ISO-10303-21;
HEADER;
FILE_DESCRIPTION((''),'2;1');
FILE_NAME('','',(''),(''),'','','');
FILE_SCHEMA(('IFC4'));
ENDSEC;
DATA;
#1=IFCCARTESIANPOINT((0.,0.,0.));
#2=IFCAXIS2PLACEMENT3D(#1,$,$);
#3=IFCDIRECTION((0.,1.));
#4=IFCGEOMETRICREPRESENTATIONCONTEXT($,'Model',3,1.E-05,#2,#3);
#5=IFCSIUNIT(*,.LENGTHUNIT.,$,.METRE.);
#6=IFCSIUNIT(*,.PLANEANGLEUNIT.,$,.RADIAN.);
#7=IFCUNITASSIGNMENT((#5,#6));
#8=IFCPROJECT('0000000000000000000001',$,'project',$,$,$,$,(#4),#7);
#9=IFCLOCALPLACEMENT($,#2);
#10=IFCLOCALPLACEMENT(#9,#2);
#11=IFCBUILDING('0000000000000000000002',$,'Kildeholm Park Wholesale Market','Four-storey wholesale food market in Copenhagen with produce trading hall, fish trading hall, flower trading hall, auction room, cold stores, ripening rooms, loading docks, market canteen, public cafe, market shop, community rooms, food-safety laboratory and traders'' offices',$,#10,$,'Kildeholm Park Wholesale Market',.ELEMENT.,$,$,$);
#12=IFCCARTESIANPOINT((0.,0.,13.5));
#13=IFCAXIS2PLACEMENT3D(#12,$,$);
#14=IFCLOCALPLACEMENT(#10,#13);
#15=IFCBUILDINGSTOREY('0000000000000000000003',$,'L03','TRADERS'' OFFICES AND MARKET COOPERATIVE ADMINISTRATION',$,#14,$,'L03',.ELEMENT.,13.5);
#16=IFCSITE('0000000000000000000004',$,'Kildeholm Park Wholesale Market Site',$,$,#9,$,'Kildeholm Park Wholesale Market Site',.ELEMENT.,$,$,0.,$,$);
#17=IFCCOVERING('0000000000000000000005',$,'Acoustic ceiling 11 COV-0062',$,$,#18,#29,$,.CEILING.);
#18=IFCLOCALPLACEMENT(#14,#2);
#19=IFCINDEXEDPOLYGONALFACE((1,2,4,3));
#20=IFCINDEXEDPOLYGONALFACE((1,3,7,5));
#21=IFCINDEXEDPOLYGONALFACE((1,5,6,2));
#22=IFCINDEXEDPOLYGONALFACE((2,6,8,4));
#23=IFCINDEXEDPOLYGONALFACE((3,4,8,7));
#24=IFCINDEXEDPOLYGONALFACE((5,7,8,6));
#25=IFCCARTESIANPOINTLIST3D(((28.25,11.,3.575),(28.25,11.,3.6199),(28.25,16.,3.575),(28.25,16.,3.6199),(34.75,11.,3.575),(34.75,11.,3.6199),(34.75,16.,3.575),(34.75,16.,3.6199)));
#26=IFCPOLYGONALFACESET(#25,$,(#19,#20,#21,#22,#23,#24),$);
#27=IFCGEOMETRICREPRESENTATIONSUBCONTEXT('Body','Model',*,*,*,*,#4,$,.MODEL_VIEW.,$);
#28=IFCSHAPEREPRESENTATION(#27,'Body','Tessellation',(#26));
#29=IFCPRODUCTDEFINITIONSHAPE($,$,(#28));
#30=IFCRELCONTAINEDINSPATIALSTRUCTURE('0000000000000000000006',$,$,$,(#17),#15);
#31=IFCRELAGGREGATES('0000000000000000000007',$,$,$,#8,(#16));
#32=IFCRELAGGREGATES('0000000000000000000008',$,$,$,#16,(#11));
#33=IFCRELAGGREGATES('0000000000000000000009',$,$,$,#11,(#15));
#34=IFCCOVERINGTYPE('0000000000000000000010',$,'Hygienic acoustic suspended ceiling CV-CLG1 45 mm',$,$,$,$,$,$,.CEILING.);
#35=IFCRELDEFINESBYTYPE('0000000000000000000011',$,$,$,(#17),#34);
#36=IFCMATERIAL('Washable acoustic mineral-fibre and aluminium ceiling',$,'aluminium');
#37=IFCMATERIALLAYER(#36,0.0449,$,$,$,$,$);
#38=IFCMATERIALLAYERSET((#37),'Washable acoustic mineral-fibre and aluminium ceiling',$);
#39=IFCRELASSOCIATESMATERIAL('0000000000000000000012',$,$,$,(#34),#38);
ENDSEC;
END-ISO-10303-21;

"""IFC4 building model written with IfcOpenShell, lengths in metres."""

from ifc_helpers import new_model, si_unit, direction, frame, origin, origin_2d, place, context, subcontext, project, spatial, rectangle, extrude, material, layer, layer_set, type_object, element, save


model = new_model("IFC4")

# Units and contexts
model_context = context("Model", 3, precision=1e-05, world=origin(), true_north=direction((0.0, 1.0)))
body_context = subcontext(model_context, "Body", "Model", "MODEL_VIEW")
ifc_project = project(units=[si_unit("LENGTHUNIT", "METRE"), si_unit("PLANEANGLEUNIT", "RADIAN")], contexts=[model_context])

# Site, building, storey
site_placement = place(None, origin())
site = spatial("IfcSite", under=ifc_project, at=site_placement, Name="Kildeholm Park Wholesale Market Site", LongName="Kildeholm Park Wholesale Market Site", CompositionType="ELEMENT", RefElevation=0.0)
building_placement = place(site_placement, origin())
building = spatial("IfcBuilding", under=site, at=building_placement, Name="Kildeholm Park Wholesale Market", Description="Four-storey wholesale food market in Copenhagen with produce trading hall, fish trading hall, flower trading hall, auction room, cold stores, ripening rooms, loading docks, market canteen, public cafe, market shop, community rooms, food-safety laboratory and traders' offices", LongName="Kildeholm Park Wholesale Market", CompositionType="ELEMENT")
storey_placement = place(building_placement, frame((0.0, 0.0, 13.5)))
storey = spatial("IfcBuildingStorey", under=building, at=storey_placement, Name="L03", Description="TRADERS' OFFICES AND MARKET COOPERATIVE ADMINISTRATION", LongName="L03", CompositionType="ELEMENT", Elevation=13.5)

# Covering
ifc_material_1 = material(Name="Washable acoustic mineral-fibre and aluminium ceiling", Category="aluminium")
ifc_layer_1 = layer(ifc_material_1, 0.0449)
ifc_layer_set_1 = layer_set([ifc_layer_1], Name="Washable acoustic mineral-fibre and aluminium ceiling")
covering_type = type_object("IfcCoveringType", Name="Hygienic acoustic suspended ceiling CV-CLG1 45 mm", PredefinedType="CEILING", material=ifc_layer_set_1)
covering_placement = place(storey_placement, frame((31.5, 13.5, 3.575), z_axis=(0.0, 0.0, 1.0), x_axis=(1.0, 0.0, 0.0)))
element("IfcCovering", 1, at=covering_placement, inside=storey, type_object=covering_type, Name="Acoustic ceiling 11 COV-0062", PredefinedType="CEILING", context=body_context, shape_type="SweptSolid", body=[
    extrude(rectangle(XDim=6.5, YDim=5.0, at=origin_2d()), origin(), (0.0, 0.0, 1.0), 0.0449),
])

save(model, "model.ifc")
